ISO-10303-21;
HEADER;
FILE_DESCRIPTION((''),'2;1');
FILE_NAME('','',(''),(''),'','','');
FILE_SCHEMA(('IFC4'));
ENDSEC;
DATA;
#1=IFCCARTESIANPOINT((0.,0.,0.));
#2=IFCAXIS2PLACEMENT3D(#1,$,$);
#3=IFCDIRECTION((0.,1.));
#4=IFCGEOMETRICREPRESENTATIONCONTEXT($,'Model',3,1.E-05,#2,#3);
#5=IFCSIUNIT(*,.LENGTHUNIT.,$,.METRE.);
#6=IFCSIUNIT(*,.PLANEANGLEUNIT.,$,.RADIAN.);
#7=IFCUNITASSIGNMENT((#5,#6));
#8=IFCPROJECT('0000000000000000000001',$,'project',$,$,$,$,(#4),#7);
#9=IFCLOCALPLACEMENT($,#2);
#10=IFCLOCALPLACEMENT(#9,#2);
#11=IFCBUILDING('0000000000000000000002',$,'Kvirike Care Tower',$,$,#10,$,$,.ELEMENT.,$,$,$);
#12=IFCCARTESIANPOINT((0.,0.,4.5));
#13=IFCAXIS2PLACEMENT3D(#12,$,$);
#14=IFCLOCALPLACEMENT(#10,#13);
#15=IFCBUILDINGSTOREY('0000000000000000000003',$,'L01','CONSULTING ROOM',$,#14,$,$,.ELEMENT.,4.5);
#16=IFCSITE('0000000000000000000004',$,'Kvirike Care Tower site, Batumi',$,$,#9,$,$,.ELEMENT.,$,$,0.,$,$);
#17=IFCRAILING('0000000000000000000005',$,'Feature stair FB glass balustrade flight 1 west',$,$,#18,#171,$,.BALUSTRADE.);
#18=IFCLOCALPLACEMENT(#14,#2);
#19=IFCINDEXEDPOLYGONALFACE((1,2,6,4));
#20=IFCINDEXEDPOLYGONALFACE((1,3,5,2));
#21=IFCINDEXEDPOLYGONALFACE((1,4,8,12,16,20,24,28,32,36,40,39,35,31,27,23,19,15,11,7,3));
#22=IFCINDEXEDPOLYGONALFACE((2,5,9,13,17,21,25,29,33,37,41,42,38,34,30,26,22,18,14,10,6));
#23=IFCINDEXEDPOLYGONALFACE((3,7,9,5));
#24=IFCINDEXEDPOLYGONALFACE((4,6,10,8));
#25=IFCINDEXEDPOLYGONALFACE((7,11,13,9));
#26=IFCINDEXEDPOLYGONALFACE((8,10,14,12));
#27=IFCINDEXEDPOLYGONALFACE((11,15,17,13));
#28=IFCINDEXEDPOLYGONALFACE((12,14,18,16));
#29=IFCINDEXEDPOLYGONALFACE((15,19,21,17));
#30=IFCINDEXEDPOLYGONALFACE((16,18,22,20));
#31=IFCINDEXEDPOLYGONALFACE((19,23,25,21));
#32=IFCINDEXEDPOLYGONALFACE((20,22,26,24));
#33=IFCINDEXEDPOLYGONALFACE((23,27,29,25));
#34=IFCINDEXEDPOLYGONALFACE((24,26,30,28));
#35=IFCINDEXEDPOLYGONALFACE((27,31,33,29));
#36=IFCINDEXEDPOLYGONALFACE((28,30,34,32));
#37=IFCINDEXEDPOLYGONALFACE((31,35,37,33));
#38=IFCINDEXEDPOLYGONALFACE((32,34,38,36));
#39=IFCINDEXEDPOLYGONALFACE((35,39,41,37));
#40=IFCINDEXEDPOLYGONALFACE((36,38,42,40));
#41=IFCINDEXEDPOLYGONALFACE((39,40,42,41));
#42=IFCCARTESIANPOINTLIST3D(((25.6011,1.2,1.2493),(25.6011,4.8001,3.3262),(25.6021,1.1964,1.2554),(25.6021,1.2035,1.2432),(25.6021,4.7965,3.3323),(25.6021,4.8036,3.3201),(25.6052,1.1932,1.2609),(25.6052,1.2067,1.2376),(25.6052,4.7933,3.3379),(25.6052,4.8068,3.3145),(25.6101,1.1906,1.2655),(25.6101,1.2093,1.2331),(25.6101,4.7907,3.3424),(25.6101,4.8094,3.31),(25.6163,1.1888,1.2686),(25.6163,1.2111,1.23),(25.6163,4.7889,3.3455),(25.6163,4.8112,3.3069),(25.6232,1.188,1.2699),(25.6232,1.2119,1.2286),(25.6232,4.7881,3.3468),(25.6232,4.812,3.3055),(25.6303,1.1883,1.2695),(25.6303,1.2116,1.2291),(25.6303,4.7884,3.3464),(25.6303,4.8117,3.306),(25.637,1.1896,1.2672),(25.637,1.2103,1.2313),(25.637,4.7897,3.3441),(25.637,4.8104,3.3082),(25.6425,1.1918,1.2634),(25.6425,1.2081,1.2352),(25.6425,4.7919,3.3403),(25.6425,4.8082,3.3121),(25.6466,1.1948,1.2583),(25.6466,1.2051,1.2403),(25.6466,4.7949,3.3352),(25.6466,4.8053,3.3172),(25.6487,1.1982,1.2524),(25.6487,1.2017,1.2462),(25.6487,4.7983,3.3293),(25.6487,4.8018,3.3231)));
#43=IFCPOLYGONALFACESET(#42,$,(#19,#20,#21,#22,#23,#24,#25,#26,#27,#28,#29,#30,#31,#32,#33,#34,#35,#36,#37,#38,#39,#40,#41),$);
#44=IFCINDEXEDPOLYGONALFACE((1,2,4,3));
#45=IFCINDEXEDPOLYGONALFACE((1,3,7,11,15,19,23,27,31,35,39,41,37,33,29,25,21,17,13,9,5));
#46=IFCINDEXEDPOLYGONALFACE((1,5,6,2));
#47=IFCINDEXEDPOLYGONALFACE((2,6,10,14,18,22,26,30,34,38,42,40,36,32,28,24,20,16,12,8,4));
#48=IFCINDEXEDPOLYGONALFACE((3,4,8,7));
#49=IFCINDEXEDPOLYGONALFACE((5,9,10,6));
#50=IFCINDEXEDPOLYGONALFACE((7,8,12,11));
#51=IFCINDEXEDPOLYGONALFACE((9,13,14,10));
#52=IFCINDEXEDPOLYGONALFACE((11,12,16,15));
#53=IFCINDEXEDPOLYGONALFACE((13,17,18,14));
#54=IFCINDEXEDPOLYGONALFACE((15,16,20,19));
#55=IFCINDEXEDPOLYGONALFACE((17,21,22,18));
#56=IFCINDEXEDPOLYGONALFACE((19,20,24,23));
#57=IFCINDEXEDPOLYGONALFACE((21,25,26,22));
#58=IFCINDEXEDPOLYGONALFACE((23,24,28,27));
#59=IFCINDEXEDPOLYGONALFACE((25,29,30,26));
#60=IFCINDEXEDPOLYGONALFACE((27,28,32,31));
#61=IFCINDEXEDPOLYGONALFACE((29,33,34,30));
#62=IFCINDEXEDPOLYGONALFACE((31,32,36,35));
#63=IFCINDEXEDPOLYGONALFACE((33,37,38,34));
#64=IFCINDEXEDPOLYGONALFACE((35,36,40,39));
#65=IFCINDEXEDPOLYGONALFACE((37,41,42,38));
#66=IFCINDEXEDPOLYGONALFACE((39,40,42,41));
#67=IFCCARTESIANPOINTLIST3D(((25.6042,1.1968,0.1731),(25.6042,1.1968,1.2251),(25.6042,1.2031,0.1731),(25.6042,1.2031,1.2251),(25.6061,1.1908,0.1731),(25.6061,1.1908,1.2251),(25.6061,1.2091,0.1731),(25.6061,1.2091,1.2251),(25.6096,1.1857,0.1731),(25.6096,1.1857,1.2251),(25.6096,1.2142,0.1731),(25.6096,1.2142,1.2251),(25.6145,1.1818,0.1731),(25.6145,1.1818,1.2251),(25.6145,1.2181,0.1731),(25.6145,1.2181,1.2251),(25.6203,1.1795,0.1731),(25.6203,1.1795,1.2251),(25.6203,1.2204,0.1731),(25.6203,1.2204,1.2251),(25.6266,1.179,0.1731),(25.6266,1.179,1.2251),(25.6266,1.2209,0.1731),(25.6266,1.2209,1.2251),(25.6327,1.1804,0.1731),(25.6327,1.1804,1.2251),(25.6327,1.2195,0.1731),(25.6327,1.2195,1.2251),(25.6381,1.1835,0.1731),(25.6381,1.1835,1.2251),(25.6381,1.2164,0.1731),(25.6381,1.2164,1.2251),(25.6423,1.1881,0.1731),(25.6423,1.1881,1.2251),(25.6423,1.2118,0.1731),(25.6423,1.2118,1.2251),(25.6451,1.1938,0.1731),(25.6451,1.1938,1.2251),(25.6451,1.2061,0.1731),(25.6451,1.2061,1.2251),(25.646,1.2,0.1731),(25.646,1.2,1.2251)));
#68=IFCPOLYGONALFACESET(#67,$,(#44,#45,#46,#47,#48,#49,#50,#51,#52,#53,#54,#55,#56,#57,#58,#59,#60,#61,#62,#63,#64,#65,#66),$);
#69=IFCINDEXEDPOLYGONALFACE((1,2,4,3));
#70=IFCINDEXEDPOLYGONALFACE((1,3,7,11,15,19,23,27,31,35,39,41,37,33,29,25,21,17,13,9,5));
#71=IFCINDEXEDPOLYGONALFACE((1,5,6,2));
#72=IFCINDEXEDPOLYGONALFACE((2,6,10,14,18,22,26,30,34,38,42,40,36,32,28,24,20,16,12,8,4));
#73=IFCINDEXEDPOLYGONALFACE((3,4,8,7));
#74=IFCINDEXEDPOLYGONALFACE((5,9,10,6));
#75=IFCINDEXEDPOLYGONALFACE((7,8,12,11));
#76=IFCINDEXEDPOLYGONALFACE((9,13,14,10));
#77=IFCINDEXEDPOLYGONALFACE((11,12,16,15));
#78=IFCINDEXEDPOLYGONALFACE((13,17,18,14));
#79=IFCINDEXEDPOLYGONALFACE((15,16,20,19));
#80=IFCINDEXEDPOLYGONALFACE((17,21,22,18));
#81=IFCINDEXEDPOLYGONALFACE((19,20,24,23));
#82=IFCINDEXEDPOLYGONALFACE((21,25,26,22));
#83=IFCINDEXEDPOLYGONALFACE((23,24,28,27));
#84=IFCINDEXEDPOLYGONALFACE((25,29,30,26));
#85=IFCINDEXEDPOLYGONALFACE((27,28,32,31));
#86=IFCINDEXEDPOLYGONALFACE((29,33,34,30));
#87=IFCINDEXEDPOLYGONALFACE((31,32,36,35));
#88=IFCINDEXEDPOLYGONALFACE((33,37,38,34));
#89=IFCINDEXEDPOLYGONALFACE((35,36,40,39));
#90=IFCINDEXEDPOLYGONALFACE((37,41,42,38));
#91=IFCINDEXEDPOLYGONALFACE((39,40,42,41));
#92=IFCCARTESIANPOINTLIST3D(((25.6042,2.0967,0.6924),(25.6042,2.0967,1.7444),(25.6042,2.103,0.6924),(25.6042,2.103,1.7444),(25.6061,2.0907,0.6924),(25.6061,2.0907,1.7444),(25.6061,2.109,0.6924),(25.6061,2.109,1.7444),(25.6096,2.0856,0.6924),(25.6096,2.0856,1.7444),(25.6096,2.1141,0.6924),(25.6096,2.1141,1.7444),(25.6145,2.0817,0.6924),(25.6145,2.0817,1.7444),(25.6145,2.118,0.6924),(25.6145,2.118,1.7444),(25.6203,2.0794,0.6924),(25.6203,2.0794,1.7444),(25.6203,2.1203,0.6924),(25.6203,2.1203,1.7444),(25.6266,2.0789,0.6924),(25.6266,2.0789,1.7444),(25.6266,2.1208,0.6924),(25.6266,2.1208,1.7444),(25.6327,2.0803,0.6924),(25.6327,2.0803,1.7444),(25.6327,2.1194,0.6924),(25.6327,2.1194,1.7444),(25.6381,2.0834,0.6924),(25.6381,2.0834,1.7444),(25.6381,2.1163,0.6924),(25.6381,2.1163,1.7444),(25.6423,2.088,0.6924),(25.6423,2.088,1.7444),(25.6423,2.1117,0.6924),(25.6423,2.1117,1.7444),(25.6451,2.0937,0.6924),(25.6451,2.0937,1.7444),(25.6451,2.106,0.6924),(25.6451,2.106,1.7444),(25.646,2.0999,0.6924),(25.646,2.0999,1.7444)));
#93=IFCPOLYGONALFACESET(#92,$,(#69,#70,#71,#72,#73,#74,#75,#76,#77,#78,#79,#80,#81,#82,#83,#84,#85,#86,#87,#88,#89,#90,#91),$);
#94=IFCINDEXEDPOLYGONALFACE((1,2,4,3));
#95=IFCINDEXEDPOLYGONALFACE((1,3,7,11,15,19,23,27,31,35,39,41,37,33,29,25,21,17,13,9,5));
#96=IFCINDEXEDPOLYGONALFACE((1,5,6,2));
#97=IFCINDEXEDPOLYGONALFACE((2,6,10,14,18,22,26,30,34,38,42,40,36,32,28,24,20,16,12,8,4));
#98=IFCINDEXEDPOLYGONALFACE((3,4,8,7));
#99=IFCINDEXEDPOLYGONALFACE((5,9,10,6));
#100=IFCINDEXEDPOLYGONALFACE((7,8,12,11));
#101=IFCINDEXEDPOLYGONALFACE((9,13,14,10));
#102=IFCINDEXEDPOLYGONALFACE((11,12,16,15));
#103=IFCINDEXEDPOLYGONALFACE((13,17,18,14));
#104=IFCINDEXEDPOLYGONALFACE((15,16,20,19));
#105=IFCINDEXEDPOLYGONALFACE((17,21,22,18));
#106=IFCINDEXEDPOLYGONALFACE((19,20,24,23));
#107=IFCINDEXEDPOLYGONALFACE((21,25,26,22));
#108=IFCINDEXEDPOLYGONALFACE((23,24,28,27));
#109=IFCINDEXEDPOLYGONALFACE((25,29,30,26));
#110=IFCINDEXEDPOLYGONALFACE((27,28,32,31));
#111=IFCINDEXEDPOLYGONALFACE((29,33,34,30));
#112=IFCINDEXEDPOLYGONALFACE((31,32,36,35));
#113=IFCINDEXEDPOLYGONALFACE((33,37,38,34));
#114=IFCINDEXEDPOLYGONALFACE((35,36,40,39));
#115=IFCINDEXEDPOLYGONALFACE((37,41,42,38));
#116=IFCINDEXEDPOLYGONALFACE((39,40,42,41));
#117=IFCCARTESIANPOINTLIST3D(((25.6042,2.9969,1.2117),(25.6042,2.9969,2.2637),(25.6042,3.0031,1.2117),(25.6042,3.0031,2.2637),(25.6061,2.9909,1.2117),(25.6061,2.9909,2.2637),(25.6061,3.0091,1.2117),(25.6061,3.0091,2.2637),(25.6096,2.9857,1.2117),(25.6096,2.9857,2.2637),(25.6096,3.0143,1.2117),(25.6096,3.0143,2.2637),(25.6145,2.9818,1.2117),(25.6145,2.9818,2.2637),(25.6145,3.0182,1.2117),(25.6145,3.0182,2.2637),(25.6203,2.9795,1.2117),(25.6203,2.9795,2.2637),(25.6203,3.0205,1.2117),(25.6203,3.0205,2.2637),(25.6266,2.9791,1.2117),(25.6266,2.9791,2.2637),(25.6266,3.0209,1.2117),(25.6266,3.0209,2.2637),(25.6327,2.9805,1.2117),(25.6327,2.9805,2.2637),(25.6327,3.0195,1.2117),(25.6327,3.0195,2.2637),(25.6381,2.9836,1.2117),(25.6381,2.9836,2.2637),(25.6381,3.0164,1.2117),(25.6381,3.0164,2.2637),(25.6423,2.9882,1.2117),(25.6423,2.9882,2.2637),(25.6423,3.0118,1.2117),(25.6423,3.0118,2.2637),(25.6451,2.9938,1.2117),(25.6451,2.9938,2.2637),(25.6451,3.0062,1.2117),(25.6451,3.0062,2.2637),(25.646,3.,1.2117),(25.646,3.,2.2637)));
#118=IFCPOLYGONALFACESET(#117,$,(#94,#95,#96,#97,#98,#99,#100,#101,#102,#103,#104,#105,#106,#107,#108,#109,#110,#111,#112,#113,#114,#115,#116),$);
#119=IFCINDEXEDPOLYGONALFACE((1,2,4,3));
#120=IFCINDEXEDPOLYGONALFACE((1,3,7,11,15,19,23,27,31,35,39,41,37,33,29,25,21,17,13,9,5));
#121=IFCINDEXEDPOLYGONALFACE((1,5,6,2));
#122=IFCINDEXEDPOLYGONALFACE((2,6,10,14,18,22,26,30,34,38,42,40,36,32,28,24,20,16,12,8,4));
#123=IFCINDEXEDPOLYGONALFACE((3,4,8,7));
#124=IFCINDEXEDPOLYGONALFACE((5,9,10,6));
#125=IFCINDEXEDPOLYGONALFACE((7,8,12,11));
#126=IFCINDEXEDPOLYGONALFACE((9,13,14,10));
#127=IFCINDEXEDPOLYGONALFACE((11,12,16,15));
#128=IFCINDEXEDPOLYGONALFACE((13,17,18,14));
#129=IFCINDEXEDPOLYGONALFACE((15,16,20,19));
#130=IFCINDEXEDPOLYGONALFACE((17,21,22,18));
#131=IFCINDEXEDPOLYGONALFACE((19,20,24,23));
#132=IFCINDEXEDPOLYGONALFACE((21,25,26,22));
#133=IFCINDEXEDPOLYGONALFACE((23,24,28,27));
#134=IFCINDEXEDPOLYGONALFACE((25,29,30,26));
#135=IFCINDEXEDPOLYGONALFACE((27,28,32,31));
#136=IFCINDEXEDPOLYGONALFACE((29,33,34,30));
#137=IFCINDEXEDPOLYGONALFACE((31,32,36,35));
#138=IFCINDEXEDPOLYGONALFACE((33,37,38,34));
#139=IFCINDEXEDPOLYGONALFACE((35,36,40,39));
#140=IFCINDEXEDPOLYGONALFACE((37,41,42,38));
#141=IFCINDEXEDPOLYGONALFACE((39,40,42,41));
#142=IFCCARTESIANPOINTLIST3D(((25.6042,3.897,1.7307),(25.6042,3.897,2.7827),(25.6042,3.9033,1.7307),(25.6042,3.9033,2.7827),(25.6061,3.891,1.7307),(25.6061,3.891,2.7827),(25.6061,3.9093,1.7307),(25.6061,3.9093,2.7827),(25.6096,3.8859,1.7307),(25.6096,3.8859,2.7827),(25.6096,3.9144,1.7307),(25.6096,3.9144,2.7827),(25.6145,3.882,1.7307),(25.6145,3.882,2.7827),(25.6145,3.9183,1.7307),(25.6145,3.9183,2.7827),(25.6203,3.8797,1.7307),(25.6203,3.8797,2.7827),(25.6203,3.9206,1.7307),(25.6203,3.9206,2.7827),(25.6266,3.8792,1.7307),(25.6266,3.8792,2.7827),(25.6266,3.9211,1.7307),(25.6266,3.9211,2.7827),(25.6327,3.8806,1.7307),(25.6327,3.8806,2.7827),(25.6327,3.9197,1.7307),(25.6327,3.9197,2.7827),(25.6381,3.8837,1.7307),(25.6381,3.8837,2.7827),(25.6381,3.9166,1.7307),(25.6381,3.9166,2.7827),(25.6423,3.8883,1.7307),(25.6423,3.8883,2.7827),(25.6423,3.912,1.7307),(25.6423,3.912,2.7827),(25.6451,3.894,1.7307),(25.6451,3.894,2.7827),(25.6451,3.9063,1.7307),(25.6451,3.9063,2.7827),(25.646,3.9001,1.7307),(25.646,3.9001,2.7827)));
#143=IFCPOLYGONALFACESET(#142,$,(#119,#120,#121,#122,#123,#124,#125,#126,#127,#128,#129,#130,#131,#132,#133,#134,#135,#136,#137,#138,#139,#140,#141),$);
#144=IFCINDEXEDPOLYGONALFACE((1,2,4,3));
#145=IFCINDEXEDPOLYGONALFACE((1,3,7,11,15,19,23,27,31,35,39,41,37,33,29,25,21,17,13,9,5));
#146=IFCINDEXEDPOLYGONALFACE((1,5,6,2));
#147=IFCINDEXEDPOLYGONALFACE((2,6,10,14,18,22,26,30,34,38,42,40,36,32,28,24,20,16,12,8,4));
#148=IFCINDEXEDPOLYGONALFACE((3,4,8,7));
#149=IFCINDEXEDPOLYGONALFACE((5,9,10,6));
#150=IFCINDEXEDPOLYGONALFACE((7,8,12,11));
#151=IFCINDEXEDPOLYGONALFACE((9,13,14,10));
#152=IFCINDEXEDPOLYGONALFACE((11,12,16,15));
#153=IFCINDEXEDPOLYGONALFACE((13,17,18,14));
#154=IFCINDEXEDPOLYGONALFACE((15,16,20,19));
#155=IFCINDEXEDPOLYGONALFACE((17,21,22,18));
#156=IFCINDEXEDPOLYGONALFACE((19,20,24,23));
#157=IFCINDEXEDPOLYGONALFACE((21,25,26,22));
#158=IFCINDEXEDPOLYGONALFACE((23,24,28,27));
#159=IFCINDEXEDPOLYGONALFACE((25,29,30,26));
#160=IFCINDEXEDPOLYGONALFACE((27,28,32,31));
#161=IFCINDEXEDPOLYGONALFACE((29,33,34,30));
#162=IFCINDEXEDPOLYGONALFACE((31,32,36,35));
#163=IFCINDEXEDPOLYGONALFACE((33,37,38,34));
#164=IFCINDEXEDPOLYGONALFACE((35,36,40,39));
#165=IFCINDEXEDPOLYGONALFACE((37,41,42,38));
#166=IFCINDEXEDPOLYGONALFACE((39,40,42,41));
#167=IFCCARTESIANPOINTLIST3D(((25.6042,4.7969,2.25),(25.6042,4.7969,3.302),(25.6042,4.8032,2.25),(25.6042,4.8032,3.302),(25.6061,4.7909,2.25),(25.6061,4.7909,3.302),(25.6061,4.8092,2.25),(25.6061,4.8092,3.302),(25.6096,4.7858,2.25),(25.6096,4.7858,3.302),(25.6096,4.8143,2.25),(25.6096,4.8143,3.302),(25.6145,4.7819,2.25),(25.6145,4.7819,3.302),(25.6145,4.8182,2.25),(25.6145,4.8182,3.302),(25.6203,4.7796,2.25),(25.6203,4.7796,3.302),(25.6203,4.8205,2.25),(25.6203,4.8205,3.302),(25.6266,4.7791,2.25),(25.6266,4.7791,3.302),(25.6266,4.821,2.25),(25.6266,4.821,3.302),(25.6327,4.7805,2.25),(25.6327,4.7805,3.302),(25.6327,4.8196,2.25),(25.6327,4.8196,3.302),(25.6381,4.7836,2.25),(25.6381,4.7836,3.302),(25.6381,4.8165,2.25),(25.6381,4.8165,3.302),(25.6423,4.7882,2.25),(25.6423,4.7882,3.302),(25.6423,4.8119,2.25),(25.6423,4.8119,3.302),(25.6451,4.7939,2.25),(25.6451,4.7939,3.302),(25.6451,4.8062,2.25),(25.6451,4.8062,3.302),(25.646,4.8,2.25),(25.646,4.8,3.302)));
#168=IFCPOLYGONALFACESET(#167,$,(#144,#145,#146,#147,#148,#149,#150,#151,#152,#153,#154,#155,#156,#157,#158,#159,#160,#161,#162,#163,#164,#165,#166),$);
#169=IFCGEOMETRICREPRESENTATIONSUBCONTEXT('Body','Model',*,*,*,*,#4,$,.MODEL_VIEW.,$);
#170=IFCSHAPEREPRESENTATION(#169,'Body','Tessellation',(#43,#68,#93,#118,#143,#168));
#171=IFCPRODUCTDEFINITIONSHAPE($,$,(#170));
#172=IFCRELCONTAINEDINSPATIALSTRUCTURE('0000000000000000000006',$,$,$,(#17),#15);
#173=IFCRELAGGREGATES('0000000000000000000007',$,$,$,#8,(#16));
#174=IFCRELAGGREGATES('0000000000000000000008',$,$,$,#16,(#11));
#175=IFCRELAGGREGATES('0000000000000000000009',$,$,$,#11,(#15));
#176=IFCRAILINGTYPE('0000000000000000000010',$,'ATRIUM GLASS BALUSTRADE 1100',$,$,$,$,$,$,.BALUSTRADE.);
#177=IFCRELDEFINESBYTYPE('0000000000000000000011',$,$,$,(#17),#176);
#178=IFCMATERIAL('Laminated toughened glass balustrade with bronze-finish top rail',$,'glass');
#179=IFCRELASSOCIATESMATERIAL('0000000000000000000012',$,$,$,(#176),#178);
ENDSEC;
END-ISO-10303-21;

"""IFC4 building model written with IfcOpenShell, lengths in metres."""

from ifc_helpers import new_model, si_unit, direction, frame, origin, origin_2d, place, context, subcontext, project, spatial, circle, extrude, material, type_object, element, save


model = new_model("IFC4")

# Units and contexts
model_context = context("Model", 3, precision=1e-05, world=origin(), true_north=direction((0.0, 1.0)))
body_context = subcontext(model_context, "Body", "Model", "MODEL_VIEW")
ifc_project = project(units=[si_unit("LENGTHUNIT", "METRE"), si_unit("PLANEANGLEUNIT", "RADIAN")], contexts=[model_context])

# Site, building, storey
site_placement = place(None, origin())
site = spatial("IfcSite", under=ifc_project, at=site_placement, Name="Kvirike Care Tower site, Batumi", CompositionType="ELEMENT", RefElevation=0.0)
building_placement = place(site_placement, origin())
building = spatial("IfcBuilding", under=site, at=building_placement, Name="Kvirike Care Tower", CompositionType="ELEMENT")
storey_placement = place(building_placement, frame((0.0, 0.0, 4.5)))
storey = spatial("IfcBuildingStorey", under=building, at=storey_placement, Name="L01", Description="CONSULTING ROOM", CompositionType="ELEMENT", Elevation=4.5)

# Railing
ifc_material_1 = material(Name="Laminated toughened glass balustrade with bronze-finish top rail", Category="glass")
railing_type_1 = type_object("IfcRailingType", Name="ATRIUM GLASS BALUSTRADE 1100", PredefinedType="BALUSTRADE", material=ifc_material_1)
for number, where, name in (
    (1, (25.625, 1.2, 0.1731), "Feature stair FB glass balustrade flight 1 west"),
):
    element("IfcRailing", number, at=place(storey_placement, frame(where)), inside=storey, type_object=railing_type_1, Name=name, PredefinedType="BALUSTRADE", context=body_context, shape_type="SweptSolid", body=[
        extrude(circle(Radius=0.0239, at=origin_2d()), frame((0.0, 0.0, 1.0762), z_axis=(0.0, 0.866193, 0.499709), x_axis=(-1.0, 0.0, 0.0)), (0.0, 0.0, 1.0), 4.1562),
        extrude(circle(Radius=0.021, at=origin_2d()), origin(), (0.0, 0.0, 1.0), 1.052),
        extrude(circle(Radius=0.021, at=origin_2d()), frame((0.0, 0.8999, 0.5193)), (0.0, 0.0, 1.0), 1.052),
        extrude(circle(Radius=0.021, at=origin_2d()), frame((0.0, 1.8, 1.0386)), (0.0, 0.0, 1.0), 1.052),
        extrude(circle(Radius=0.021, at=origin_2d()), frame((0.0, 2.7002, 1.5576)), (0.0, 0.0, 1.0), 1.052),
        extrude(circle(Radius=0.021, at=origin_2d()), frame((0.0, 3.6001, 2.0769)), (0.0, 0.0, 1.0), 1.052),
    ])

save(model, "model.ifc")
